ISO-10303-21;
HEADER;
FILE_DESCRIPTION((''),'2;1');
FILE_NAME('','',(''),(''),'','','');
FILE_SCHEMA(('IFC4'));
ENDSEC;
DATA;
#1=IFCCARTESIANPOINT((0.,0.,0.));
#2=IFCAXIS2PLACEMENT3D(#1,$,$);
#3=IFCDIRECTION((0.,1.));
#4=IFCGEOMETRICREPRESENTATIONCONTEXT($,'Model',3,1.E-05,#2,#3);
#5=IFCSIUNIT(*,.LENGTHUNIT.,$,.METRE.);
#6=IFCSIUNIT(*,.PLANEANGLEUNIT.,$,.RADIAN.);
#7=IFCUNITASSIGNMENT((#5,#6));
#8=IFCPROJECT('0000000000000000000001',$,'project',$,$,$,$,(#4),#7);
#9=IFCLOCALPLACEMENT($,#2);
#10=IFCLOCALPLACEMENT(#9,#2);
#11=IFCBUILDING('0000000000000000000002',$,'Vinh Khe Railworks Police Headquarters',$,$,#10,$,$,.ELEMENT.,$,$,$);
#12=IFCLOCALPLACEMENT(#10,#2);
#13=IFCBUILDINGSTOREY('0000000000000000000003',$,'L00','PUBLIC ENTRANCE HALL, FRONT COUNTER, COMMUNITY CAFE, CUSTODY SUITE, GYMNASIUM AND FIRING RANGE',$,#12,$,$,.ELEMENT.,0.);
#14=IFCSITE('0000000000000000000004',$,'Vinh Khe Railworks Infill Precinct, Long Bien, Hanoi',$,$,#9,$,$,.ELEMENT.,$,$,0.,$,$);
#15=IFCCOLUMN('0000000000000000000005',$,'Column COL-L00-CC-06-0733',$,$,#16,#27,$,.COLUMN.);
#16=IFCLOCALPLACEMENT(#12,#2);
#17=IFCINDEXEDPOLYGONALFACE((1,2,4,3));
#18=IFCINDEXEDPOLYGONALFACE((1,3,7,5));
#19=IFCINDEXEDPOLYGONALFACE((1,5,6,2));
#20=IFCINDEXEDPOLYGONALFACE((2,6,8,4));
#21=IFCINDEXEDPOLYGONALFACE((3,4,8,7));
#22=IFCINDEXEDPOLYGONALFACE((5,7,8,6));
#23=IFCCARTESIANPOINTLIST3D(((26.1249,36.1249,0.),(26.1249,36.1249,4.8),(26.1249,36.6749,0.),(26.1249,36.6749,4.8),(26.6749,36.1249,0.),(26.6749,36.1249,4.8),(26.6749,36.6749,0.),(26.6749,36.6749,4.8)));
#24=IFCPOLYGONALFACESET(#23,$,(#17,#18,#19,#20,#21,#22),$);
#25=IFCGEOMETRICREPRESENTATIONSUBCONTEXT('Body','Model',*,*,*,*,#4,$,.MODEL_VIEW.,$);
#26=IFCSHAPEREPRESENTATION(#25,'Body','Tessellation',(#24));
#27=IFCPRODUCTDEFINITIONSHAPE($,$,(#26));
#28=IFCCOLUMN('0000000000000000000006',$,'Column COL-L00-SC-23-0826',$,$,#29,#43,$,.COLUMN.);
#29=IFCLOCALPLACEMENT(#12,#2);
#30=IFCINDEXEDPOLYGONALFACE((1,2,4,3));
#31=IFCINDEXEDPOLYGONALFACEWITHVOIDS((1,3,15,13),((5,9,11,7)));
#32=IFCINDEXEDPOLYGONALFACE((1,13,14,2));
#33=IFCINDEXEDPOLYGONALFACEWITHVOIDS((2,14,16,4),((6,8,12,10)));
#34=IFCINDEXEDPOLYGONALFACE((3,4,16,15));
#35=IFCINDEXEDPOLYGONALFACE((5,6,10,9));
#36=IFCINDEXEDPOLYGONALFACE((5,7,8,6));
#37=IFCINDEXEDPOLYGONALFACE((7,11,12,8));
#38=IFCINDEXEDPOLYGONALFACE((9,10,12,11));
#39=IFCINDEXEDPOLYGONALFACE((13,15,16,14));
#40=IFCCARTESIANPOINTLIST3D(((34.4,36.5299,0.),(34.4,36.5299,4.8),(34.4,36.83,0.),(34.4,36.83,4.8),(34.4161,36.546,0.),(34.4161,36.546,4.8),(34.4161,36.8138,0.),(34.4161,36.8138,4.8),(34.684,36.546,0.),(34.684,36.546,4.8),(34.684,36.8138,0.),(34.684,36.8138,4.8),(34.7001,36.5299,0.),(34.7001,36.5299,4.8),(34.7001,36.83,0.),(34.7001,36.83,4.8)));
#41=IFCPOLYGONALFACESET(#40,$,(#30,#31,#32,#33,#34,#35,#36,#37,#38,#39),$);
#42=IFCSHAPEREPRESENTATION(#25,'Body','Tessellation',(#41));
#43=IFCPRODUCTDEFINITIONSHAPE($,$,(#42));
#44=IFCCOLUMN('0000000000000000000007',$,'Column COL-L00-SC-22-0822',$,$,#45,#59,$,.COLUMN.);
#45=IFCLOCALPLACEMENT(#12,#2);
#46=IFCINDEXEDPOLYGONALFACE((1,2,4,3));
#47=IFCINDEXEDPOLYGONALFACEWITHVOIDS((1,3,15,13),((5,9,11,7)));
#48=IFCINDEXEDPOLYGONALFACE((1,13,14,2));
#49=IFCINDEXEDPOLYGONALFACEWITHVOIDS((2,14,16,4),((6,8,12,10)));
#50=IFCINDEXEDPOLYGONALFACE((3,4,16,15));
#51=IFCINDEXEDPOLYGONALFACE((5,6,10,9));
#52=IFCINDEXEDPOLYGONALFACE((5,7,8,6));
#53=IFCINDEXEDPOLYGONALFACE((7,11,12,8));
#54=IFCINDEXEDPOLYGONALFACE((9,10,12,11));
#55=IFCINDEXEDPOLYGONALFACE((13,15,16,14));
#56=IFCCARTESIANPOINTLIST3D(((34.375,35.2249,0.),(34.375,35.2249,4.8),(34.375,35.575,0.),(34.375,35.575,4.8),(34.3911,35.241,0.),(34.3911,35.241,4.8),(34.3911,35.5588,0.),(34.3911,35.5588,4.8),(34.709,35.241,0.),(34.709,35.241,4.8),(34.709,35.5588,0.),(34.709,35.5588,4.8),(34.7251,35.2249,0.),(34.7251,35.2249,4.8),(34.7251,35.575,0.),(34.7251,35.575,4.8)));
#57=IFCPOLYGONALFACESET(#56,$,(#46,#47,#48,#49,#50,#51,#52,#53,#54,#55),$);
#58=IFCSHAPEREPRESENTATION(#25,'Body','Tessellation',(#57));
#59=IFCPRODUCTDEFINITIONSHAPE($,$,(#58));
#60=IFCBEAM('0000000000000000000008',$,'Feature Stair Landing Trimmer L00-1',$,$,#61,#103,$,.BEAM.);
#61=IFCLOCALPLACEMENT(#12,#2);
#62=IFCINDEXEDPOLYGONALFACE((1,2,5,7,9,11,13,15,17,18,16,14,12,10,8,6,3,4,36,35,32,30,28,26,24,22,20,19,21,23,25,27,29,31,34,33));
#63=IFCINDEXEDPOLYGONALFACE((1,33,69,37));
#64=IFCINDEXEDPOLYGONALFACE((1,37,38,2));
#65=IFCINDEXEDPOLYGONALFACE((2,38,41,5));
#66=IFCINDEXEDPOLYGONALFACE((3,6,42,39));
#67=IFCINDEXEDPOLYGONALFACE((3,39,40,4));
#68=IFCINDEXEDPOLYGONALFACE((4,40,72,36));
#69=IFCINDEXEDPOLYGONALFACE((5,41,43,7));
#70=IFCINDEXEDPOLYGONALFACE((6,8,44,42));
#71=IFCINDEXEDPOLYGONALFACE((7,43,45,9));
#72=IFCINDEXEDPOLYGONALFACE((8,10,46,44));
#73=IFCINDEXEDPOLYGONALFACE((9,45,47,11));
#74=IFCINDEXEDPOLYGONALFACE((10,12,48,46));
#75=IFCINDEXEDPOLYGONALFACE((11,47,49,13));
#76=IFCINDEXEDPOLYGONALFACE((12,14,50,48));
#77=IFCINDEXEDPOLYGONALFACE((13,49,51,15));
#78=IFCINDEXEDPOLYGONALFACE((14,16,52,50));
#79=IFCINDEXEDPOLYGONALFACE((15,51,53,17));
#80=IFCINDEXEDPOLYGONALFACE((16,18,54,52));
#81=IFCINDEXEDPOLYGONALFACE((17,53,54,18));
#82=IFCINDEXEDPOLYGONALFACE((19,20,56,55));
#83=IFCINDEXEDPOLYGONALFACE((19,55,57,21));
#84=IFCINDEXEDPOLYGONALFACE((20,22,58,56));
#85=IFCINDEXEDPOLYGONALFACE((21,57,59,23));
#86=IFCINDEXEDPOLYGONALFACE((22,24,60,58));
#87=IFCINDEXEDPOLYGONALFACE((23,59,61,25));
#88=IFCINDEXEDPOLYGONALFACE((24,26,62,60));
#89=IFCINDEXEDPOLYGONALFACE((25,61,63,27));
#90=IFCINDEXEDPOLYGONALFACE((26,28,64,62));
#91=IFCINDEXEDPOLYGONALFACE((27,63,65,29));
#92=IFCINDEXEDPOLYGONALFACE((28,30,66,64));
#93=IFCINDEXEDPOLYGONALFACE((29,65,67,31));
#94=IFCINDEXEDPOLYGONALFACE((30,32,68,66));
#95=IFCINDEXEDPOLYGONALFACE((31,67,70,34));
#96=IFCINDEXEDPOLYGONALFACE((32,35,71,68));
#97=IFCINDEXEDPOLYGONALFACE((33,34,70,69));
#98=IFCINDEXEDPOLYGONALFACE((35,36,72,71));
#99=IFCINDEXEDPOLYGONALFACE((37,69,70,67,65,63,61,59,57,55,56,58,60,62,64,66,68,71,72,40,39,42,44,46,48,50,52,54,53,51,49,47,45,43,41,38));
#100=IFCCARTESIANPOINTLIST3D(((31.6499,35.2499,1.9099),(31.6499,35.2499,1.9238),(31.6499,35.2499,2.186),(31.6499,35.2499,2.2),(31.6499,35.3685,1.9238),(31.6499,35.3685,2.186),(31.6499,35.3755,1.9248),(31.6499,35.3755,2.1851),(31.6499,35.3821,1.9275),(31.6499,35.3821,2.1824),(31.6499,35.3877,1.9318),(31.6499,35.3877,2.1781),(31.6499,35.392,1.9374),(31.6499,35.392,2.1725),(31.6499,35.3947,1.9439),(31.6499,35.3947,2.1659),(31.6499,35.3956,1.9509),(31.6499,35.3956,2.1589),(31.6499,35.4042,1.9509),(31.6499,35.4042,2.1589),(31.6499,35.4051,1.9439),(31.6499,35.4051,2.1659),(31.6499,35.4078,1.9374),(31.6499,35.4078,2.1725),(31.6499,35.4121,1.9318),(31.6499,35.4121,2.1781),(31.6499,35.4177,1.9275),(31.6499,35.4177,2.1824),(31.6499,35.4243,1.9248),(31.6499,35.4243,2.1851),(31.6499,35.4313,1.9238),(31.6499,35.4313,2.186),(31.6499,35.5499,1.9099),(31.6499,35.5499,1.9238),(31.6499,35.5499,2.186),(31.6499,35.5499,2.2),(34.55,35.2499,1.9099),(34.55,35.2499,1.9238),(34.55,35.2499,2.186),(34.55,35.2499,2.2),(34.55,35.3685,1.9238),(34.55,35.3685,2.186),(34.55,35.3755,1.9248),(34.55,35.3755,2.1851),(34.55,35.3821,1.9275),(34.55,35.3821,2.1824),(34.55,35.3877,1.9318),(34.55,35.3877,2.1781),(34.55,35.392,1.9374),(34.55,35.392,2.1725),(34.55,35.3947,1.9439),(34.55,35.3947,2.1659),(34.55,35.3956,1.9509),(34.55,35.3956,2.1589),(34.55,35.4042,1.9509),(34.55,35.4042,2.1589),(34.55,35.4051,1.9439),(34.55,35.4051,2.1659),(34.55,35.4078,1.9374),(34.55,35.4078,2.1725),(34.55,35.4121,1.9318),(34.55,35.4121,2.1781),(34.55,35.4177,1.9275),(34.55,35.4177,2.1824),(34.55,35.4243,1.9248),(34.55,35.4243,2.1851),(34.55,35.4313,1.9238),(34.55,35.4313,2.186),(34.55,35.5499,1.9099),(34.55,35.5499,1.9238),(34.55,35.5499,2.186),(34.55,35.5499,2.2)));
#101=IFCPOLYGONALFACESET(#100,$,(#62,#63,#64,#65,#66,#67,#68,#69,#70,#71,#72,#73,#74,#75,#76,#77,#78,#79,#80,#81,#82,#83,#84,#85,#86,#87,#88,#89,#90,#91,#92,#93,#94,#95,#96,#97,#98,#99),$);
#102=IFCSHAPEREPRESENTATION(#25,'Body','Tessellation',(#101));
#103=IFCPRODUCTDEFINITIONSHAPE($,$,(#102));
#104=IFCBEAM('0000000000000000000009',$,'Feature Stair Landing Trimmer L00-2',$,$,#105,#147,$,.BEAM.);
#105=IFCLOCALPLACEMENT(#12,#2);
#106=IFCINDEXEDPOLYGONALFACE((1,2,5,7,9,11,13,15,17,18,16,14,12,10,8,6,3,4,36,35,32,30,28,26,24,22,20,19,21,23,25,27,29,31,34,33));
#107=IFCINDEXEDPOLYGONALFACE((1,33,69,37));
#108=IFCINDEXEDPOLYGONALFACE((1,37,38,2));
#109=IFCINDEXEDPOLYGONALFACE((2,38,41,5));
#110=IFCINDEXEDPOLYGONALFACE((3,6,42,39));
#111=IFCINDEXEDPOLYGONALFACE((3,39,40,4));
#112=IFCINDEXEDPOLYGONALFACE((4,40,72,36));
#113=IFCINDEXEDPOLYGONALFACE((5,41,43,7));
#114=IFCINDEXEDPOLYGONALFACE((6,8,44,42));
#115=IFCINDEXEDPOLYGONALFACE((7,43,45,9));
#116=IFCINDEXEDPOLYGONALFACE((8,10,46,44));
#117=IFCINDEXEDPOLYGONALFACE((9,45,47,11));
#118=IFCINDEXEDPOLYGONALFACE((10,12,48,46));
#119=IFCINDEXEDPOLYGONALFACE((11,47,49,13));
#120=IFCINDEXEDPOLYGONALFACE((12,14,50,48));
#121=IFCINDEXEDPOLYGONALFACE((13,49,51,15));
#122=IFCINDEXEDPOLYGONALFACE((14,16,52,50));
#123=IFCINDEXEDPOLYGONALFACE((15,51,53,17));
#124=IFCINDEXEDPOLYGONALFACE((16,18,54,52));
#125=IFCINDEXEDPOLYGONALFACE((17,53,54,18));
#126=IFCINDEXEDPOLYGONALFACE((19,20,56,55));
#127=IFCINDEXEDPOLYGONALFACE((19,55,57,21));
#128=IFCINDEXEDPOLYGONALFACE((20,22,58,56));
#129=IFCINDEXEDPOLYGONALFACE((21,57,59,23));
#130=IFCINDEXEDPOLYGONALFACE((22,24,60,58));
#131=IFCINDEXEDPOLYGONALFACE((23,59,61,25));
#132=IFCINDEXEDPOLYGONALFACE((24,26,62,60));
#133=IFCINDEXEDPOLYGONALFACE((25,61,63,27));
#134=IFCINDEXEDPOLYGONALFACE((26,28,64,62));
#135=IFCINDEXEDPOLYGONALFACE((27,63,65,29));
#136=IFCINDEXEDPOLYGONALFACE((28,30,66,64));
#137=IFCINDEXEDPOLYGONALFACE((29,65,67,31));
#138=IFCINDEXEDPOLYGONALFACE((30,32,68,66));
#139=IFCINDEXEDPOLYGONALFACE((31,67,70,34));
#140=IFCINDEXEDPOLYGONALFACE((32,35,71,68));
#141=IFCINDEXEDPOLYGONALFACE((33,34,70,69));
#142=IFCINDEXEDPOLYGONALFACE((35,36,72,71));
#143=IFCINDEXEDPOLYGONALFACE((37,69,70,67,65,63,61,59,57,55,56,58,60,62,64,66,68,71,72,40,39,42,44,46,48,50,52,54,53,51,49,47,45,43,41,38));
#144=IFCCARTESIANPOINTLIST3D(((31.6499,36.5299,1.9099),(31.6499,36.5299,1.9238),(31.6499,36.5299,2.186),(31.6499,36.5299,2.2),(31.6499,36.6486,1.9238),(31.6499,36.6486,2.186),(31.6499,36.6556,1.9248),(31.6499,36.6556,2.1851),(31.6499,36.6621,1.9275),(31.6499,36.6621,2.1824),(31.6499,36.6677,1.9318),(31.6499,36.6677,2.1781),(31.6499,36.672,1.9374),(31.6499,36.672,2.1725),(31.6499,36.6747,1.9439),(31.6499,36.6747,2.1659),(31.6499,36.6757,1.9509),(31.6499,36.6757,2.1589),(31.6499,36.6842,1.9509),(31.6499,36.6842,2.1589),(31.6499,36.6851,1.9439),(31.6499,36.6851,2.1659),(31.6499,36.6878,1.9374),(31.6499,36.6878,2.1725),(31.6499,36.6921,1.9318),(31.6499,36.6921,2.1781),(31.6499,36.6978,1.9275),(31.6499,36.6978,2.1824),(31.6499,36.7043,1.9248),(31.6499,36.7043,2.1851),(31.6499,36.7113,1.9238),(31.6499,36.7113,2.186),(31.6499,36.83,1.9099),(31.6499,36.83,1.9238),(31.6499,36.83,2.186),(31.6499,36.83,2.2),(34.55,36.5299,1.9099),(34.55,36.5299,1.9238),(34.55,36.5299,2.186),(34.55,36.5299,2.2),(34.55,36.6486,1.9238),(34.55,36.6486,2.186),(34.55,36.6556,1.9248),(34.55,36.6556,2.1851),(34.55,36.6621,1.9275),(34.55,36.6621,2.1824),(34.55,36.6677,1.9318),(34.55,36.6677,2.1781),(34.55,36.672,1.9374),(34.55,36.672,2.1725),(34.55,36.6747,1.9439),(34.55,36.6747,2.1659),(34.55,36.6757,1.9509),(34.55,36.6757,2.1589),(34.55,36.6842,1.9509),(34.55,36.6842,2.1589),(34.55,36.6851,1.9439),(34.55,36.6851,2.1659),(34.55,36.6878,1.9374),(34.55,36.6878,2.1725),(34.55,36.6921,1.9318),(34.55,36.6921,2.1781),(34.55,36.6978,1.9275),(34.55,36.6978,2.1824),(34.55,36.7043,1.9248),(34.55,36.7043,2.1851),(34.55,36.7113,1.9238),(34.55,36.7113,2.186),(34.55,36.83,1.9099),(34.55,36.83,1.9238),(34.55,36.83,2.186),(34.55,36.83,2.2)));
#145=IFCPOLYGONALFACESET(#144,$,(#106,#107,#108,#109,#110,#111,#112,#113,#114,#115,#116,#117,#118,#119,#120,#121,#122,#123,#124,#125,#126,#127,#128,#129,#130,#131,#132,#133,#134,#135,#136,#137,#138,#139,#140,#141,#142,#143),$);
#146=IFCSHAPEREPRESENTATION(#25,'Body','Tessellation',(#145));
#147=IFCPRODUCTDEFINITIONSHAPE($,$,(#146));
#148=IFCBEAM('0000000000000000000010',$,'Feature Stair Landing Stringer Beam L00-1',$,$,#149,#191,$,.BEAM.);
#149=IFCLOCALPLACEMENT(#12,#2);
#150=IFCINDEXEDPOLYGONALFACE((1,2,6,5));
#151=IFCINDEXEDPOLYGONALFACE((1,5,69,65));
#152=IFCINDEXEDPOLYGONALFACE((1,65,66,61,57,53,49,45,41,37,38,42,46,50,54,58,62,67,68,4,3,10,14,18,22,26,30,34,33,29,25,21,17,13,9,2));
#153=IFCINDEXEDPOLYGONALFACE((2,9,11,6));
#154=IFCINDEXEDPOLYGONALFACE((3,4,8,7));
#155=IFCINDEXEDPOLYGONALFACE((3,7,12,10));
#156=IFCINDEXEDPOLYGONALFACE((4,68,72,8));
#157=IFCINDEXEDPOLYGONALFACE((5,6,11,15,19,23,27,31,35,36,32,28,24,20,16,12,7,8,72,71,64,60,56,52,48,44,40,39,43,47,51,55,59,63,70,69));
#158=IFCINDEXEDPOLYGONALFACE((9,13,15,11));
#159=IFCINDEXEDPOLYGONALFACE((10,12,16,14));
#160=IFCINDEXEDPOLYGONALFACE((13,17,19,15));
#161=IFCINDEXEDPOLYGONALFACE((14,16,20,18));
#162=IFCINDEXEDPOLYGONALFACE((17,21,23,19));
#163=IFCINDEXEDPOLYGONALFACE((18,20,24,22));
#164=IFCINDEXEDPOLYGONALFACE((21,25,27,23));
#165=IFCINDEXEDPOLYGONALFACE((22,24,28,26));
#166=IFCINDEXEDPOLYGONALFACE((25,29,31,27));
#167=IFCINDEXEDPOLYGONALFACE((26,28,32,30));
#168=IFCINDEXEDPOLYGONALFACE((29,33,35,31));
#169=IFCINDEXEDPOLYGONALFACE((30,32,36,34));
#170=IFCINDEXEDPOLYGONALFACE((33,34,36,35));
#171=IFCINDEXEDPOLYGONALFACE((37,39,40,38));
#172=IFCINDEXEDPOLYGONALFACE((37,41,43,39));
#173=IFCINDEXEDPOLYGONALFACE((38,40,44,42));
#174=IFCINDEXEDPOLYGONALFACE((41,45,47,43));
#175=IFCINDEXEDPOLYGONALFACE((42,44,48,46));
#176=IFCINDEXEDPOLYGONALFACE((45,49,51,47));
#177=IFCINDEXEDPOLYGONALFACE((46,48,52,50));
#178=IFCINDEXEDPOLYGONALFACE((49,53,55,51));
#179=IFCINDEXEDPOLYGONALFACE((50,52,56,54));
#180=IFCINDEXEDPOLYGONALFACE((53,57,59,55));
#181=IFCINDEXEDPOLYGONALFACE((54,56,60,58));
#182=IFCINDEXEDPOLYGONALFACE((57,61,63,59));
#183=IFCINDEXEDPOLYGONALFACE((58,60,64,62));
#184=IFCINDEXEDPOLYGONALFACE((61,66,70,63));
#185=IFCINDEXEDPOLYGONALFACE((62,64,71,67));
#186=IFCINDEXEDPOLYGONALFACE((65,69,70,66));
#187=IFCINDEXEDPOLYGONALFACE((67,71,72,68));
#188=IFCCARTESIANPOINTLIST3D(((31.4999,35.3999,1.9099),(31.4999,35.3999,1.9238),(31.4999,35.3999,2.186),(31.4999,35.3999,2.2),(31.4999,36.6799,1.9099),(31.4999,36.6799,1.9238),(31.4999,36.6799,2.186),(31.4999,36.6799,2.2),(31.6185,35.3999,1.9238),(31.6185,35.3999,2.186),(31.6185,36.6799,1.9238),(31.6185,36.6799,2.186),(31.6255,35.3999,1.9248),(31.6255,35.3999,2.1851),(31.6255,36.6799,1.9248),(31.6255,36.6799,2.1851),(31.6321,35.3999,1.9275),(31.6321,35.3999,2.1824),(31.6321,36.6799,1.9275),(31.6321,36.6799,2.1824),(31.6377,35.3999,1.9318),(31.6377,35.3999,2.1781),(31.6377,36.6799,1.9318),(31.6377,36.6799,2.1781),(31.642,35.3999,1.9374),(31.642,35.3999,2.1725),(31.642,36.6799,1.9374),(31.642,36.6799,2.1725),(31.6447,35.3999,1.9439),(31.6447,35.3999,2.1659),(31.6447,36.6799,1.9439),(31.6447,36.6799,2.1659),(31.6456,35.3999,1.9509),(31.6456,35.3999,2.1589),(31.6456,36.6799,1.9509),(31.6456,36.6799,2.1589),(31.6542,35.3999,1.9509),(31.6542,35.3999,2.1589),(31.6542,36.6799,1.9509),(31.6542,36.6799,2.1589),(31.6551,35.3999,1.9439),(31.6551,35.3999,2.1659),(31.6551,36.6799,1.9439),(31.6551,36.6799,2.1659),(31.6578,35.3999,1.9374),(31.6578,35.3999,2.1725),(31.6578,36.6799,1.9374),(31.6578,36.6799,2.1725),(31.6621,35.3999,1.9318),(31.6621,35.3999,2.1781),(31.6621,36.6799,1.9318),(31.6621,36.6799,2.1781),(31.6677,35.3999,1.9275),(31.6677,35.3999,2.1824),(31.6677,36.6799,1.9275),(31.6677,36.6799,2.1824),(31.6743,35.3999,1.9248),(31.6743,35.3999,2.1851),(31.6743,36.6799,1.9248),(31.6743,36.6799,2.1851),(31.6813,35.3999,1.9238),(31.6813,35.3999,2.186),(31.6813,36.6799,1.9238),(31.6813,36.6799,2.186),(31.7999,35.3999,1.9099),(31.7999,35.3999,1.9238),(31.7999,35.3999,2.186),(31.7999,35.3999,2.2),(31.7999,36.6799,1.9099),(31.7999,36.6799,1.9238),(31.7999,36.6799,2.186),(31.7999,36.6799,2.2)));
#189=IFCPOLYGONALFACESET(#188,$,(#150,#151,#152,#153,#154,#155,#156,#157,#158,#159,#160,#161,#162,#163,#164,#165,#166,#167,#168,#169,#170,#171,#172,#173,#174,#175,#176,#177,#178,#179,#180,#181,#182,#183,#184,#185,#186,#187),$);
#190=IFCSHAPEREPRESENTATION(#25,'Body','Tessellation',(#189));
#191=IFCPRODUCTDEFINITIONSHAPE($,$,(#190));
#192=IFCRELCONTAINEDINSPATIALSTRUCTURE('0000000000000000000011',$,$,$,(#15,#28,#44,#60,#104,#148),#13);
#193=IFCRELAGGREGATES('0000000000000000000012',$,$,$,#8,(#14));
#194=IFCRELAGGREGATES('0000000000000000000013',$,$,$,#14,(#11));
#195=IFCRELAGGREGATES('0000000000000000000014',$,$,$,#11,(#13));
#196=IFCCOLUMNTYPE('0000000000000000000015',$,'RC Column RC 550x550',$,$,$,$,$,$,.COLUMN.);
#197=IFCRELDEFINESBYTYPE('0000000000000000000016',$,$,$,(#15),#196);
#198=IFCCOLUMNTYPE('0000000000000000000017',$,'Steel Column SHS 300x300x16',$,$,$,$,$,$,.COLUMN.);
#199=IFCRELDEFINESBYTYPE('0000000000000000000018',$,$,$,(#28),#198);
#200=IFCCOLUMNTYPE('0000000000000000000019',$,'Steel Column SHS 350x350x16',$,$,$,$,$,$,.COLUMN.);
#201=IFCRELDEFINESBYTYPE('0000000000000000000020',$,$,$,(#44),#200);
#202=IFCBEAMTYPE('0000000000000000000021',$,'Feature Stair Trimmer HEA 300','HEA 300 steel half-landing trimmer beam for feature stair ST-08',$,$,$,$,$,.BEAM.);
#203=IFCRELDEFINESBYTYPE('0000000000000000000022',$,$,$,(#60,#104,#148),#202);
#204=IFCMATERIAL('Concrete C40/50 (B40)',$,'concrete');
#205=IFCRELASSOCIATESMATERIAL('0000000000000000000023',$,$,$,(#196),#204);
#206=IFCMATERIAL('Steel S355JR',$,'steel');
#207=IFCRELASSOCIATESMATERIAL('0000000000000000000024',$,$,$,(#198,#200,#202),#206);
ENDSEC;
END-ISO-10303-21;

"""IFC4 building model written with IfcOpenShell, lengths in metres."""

from ifc_helpers import new_model, si_unit, direction, frame, origin, origin_2d, place, context, subcontext, project, spatial, rectangle, hollow_rectangle, i_section, extrude, material, material_profile, profile_set, type_object, element, save


model = new_model("IFC4")

# Units and contexts
model_context = context("Model", 3, precision=1e-05, world=origin(), true_north=direction((0.0, 1.0)))
body_context = subcontext(model_context, "Body", "Model", "MODEL_VIEW")
ifc_project = project(units=[si_unit("LENGTHUNIT", "METRE"), si_unit("PLANEANGLEUNIT", "RADIAN")], contexts=[model_context])

# Site, building, storey
site_placement = place(None, origin())
site = spatial("IfcSite", under=ifc_project, at=site_placement, Name="Vinh Khe Railworks Infill Precinct, Long Bien, Hanoi", CompositionType="ELEMENT", RefElevation=0.0)
building_placement = place(site_placement, origin())
building = spatial("IfcBuilding", under=site, at=building_placement, Name="Vinh Khe Railworks Police Headquarters", CompositionType="ELEMENT")
storey_placement = place(building_placement, origin())
storey = spatial("IfcBuildingStorey", under=building, at=storey_placement, Name="L00", Description="PUBLIC ENTRANCE HALL, FRONT COUNTER, COMMUNITY CAFE, CUSTODY SUITE, GYMNASIUM AND FIRING RANGE", CompositionType="ELEMENT", Elevation=0.0)

# Columns
ifc_material_1 = material(Name="Concrete C40/50 (B40)", Category="concrete")
ifc_material_profile_1 = material_profile(ifc_material_1, rectangle(XDim=0.55, YDim=0.55, at=origin_2d()), Name="RC 550x550")
ifc_profile_set_1 = profile_set([ifc_material_profile_1], Name="Concrete C40/50 (B40)")
column_type_1 = type_object("IfcColumnType", Name="RC Column RC 550x550", PredefinedType="COLUMN", material=ifc_profile_set_1)
column_1_placement = place(storey_placement, frame((26.3999, 36.3999, 0.0), z_axis=(0.0, 0.0, 1.0), x_axis=(1.0, 0.0, 0.0)))
element("IfcColumn", 1, at=column_1_placement, inside=storey, type_object=column_type_1, Name="Column COL-L00-CC-06-0733", PredefinedType="COLUMN", context=body_context, shape_type="SweptSolid", body=[
    extrude(rectangle(XDim=0.55, YDim=0.55, at=origin_2d()), origin(), (0.0, 0.0, 1.0), 4.8),
])
ifc_material_2 = material(Name="Steel S355JR", Category="steel")
ifc_material_profile_2 = material_profile(ifc_material_2, hollow_rectangle(XDim=0.3, YDim=0.3, WallThickness=0.0161, at=origin_2d()), Name="SHS 300x300x16")
ifc_profile_set_2 = profile_set([ifc_material_profile_2], Name="Steel S355JR")
column_type_2 = type_object("IfcColumnType", Name="Steel Column SHS 300x300x16", PredefinedType="COLUMN", material=ifc_profile_set_2)
column_2_placement = place(storey_placement, frame((34.55, 36.6799, 0.0), z_axis=(0.0, 0.0, 1.0), x_axis=(1.0, 0.0, 0.0)))
element("IfcColumn", 2, at=column_2_placement, inside=storey, type_object=column_type_2, Name="Column COL-L00-SC-23-0826", PredefinedType="COLUMN", context=body_context, shape_type="SweptSolid", body=[
    extrude(hollow_rectangle(XDim=0.3, YDim=0.3, WallThickness=0.0161, at=origin_2d()), origin(), (0.0, 0.0, 1.0), 4.8),
])
ifc_material_profile_3 = material_profile(ifc_material_2, hollow_rectangle(XDim=0.3501, YDim=0.3501, WallThickness=0.0161, at=origin_2d()), Name="SHS 350x350x16")
ifc_profile_set_3 = profile_set([ifc_material_profile_3], Name="Steel S355JR")
column_type_3 = type_object("IfcColumnType", Name="Steel Column SHS 350x350x16", PredefinedType="COLUMN", material=ifc_profile_set_3)
column_3_placement = place(storey_placement, frame((34.55, 35.3999, 0.0), z_axis=(0.0, 0.0, 1.0), x_axis=(1.0, 0.0, 0.0)))
element("IfcColumn", 3, at=column_3_placement, inside=storey, type_object=column_type_3, Name="Column COL-L00-SC-22-0822", PredefinedType="COLUMN", context=body_context, shape_type="SweptSolid", body=[
    extrude(hollow_rectangle(XDim=0.3501, YDim=0.3501, WallThickness=0.0161, at=origin_2d()), origin(), (0.0, 0.0, 1.0), 4.8),
])

# Beams
ifc_material_profile_4 = material_profile(ifc_material_2, i_section(OverallWidth=0.3, OverallDepth=0.29, WebThickness=0.0085, FlangeThickness=0.0139, FilletRadius=0.0271, at=origin_2d()), Name="HEA 300")
ifc_profile_set_4 = profile_set([ifc_material_profile_4], Name="Steel S355JR")
beam_type_1 = type_object("IfcBeamType", Name="Feature Stair Trimmer HEA 300", Description="HEA 300 steel half-landing trimmer beam for feature stair ST-08", PredefinedType="BEAM", material=ifc_profile_set_4)
for number, where, z_axis, x_axis, name in (
    (4, (31.6499, 35.3999, 2.0549), (1.0, 0.0, 0.0), (0.0, 1.0, 0.0), "Feature Stair Landing Trimmer L00-1"),
    (5, (31.6499, 36.6799, 2.0549), (1.0, 0.0, 0.0), (0.0, 1.0, 0.0), "Feature Stair Landing Trimmer L00-2"),
):
    element("IfcBeam", number, at=place(storey_placement, frame(where, z_axis=z_axis, x_axis=x_axis)), inside=storey, type_object=beam_type_1, Name=name, PredefinedType="BEAM", context=body_context, shape_type="SweptSolid", body=[
        extrude(i_section(OverallWidth=0.3, OverallDepth=0.29, WebThickness=0.0085, FlangeThickness=0.0139, FilletRadius=0.0271, at=origin_2d()), origin(), (0.0, 0.0, 1.0), 2.9001),
    ])
for number, where, z_axis, x_axis, name in (
    (6, (31.6499, 35.3999, 2.0549), (0.0, 1.0, 0.0), (-1.0, 0.0, 0.0), "Feature Stair Landing Stringer Beam L00-1"),
):
    element("IfcBeam", number, at=place(storey_placement, frame(where, z_axis=z_axis, x_axis=x_axis)), inside=storey, type_object=beam_type_1, Name=name, PredefinedType="BEAM", context=body_context, shape_type="SweptSolid", body=[
        extrude(i_section(OverallWidth=0.3, OverallDepth=0.29, WebThickness=0.0085, FlangeThickness=0.0139, FilletRadius=0.0271, at=origin_2d()), origin(), (0.0, 0.0, 1.0), 1.28),
    ])

save(model, "model.ifc")
